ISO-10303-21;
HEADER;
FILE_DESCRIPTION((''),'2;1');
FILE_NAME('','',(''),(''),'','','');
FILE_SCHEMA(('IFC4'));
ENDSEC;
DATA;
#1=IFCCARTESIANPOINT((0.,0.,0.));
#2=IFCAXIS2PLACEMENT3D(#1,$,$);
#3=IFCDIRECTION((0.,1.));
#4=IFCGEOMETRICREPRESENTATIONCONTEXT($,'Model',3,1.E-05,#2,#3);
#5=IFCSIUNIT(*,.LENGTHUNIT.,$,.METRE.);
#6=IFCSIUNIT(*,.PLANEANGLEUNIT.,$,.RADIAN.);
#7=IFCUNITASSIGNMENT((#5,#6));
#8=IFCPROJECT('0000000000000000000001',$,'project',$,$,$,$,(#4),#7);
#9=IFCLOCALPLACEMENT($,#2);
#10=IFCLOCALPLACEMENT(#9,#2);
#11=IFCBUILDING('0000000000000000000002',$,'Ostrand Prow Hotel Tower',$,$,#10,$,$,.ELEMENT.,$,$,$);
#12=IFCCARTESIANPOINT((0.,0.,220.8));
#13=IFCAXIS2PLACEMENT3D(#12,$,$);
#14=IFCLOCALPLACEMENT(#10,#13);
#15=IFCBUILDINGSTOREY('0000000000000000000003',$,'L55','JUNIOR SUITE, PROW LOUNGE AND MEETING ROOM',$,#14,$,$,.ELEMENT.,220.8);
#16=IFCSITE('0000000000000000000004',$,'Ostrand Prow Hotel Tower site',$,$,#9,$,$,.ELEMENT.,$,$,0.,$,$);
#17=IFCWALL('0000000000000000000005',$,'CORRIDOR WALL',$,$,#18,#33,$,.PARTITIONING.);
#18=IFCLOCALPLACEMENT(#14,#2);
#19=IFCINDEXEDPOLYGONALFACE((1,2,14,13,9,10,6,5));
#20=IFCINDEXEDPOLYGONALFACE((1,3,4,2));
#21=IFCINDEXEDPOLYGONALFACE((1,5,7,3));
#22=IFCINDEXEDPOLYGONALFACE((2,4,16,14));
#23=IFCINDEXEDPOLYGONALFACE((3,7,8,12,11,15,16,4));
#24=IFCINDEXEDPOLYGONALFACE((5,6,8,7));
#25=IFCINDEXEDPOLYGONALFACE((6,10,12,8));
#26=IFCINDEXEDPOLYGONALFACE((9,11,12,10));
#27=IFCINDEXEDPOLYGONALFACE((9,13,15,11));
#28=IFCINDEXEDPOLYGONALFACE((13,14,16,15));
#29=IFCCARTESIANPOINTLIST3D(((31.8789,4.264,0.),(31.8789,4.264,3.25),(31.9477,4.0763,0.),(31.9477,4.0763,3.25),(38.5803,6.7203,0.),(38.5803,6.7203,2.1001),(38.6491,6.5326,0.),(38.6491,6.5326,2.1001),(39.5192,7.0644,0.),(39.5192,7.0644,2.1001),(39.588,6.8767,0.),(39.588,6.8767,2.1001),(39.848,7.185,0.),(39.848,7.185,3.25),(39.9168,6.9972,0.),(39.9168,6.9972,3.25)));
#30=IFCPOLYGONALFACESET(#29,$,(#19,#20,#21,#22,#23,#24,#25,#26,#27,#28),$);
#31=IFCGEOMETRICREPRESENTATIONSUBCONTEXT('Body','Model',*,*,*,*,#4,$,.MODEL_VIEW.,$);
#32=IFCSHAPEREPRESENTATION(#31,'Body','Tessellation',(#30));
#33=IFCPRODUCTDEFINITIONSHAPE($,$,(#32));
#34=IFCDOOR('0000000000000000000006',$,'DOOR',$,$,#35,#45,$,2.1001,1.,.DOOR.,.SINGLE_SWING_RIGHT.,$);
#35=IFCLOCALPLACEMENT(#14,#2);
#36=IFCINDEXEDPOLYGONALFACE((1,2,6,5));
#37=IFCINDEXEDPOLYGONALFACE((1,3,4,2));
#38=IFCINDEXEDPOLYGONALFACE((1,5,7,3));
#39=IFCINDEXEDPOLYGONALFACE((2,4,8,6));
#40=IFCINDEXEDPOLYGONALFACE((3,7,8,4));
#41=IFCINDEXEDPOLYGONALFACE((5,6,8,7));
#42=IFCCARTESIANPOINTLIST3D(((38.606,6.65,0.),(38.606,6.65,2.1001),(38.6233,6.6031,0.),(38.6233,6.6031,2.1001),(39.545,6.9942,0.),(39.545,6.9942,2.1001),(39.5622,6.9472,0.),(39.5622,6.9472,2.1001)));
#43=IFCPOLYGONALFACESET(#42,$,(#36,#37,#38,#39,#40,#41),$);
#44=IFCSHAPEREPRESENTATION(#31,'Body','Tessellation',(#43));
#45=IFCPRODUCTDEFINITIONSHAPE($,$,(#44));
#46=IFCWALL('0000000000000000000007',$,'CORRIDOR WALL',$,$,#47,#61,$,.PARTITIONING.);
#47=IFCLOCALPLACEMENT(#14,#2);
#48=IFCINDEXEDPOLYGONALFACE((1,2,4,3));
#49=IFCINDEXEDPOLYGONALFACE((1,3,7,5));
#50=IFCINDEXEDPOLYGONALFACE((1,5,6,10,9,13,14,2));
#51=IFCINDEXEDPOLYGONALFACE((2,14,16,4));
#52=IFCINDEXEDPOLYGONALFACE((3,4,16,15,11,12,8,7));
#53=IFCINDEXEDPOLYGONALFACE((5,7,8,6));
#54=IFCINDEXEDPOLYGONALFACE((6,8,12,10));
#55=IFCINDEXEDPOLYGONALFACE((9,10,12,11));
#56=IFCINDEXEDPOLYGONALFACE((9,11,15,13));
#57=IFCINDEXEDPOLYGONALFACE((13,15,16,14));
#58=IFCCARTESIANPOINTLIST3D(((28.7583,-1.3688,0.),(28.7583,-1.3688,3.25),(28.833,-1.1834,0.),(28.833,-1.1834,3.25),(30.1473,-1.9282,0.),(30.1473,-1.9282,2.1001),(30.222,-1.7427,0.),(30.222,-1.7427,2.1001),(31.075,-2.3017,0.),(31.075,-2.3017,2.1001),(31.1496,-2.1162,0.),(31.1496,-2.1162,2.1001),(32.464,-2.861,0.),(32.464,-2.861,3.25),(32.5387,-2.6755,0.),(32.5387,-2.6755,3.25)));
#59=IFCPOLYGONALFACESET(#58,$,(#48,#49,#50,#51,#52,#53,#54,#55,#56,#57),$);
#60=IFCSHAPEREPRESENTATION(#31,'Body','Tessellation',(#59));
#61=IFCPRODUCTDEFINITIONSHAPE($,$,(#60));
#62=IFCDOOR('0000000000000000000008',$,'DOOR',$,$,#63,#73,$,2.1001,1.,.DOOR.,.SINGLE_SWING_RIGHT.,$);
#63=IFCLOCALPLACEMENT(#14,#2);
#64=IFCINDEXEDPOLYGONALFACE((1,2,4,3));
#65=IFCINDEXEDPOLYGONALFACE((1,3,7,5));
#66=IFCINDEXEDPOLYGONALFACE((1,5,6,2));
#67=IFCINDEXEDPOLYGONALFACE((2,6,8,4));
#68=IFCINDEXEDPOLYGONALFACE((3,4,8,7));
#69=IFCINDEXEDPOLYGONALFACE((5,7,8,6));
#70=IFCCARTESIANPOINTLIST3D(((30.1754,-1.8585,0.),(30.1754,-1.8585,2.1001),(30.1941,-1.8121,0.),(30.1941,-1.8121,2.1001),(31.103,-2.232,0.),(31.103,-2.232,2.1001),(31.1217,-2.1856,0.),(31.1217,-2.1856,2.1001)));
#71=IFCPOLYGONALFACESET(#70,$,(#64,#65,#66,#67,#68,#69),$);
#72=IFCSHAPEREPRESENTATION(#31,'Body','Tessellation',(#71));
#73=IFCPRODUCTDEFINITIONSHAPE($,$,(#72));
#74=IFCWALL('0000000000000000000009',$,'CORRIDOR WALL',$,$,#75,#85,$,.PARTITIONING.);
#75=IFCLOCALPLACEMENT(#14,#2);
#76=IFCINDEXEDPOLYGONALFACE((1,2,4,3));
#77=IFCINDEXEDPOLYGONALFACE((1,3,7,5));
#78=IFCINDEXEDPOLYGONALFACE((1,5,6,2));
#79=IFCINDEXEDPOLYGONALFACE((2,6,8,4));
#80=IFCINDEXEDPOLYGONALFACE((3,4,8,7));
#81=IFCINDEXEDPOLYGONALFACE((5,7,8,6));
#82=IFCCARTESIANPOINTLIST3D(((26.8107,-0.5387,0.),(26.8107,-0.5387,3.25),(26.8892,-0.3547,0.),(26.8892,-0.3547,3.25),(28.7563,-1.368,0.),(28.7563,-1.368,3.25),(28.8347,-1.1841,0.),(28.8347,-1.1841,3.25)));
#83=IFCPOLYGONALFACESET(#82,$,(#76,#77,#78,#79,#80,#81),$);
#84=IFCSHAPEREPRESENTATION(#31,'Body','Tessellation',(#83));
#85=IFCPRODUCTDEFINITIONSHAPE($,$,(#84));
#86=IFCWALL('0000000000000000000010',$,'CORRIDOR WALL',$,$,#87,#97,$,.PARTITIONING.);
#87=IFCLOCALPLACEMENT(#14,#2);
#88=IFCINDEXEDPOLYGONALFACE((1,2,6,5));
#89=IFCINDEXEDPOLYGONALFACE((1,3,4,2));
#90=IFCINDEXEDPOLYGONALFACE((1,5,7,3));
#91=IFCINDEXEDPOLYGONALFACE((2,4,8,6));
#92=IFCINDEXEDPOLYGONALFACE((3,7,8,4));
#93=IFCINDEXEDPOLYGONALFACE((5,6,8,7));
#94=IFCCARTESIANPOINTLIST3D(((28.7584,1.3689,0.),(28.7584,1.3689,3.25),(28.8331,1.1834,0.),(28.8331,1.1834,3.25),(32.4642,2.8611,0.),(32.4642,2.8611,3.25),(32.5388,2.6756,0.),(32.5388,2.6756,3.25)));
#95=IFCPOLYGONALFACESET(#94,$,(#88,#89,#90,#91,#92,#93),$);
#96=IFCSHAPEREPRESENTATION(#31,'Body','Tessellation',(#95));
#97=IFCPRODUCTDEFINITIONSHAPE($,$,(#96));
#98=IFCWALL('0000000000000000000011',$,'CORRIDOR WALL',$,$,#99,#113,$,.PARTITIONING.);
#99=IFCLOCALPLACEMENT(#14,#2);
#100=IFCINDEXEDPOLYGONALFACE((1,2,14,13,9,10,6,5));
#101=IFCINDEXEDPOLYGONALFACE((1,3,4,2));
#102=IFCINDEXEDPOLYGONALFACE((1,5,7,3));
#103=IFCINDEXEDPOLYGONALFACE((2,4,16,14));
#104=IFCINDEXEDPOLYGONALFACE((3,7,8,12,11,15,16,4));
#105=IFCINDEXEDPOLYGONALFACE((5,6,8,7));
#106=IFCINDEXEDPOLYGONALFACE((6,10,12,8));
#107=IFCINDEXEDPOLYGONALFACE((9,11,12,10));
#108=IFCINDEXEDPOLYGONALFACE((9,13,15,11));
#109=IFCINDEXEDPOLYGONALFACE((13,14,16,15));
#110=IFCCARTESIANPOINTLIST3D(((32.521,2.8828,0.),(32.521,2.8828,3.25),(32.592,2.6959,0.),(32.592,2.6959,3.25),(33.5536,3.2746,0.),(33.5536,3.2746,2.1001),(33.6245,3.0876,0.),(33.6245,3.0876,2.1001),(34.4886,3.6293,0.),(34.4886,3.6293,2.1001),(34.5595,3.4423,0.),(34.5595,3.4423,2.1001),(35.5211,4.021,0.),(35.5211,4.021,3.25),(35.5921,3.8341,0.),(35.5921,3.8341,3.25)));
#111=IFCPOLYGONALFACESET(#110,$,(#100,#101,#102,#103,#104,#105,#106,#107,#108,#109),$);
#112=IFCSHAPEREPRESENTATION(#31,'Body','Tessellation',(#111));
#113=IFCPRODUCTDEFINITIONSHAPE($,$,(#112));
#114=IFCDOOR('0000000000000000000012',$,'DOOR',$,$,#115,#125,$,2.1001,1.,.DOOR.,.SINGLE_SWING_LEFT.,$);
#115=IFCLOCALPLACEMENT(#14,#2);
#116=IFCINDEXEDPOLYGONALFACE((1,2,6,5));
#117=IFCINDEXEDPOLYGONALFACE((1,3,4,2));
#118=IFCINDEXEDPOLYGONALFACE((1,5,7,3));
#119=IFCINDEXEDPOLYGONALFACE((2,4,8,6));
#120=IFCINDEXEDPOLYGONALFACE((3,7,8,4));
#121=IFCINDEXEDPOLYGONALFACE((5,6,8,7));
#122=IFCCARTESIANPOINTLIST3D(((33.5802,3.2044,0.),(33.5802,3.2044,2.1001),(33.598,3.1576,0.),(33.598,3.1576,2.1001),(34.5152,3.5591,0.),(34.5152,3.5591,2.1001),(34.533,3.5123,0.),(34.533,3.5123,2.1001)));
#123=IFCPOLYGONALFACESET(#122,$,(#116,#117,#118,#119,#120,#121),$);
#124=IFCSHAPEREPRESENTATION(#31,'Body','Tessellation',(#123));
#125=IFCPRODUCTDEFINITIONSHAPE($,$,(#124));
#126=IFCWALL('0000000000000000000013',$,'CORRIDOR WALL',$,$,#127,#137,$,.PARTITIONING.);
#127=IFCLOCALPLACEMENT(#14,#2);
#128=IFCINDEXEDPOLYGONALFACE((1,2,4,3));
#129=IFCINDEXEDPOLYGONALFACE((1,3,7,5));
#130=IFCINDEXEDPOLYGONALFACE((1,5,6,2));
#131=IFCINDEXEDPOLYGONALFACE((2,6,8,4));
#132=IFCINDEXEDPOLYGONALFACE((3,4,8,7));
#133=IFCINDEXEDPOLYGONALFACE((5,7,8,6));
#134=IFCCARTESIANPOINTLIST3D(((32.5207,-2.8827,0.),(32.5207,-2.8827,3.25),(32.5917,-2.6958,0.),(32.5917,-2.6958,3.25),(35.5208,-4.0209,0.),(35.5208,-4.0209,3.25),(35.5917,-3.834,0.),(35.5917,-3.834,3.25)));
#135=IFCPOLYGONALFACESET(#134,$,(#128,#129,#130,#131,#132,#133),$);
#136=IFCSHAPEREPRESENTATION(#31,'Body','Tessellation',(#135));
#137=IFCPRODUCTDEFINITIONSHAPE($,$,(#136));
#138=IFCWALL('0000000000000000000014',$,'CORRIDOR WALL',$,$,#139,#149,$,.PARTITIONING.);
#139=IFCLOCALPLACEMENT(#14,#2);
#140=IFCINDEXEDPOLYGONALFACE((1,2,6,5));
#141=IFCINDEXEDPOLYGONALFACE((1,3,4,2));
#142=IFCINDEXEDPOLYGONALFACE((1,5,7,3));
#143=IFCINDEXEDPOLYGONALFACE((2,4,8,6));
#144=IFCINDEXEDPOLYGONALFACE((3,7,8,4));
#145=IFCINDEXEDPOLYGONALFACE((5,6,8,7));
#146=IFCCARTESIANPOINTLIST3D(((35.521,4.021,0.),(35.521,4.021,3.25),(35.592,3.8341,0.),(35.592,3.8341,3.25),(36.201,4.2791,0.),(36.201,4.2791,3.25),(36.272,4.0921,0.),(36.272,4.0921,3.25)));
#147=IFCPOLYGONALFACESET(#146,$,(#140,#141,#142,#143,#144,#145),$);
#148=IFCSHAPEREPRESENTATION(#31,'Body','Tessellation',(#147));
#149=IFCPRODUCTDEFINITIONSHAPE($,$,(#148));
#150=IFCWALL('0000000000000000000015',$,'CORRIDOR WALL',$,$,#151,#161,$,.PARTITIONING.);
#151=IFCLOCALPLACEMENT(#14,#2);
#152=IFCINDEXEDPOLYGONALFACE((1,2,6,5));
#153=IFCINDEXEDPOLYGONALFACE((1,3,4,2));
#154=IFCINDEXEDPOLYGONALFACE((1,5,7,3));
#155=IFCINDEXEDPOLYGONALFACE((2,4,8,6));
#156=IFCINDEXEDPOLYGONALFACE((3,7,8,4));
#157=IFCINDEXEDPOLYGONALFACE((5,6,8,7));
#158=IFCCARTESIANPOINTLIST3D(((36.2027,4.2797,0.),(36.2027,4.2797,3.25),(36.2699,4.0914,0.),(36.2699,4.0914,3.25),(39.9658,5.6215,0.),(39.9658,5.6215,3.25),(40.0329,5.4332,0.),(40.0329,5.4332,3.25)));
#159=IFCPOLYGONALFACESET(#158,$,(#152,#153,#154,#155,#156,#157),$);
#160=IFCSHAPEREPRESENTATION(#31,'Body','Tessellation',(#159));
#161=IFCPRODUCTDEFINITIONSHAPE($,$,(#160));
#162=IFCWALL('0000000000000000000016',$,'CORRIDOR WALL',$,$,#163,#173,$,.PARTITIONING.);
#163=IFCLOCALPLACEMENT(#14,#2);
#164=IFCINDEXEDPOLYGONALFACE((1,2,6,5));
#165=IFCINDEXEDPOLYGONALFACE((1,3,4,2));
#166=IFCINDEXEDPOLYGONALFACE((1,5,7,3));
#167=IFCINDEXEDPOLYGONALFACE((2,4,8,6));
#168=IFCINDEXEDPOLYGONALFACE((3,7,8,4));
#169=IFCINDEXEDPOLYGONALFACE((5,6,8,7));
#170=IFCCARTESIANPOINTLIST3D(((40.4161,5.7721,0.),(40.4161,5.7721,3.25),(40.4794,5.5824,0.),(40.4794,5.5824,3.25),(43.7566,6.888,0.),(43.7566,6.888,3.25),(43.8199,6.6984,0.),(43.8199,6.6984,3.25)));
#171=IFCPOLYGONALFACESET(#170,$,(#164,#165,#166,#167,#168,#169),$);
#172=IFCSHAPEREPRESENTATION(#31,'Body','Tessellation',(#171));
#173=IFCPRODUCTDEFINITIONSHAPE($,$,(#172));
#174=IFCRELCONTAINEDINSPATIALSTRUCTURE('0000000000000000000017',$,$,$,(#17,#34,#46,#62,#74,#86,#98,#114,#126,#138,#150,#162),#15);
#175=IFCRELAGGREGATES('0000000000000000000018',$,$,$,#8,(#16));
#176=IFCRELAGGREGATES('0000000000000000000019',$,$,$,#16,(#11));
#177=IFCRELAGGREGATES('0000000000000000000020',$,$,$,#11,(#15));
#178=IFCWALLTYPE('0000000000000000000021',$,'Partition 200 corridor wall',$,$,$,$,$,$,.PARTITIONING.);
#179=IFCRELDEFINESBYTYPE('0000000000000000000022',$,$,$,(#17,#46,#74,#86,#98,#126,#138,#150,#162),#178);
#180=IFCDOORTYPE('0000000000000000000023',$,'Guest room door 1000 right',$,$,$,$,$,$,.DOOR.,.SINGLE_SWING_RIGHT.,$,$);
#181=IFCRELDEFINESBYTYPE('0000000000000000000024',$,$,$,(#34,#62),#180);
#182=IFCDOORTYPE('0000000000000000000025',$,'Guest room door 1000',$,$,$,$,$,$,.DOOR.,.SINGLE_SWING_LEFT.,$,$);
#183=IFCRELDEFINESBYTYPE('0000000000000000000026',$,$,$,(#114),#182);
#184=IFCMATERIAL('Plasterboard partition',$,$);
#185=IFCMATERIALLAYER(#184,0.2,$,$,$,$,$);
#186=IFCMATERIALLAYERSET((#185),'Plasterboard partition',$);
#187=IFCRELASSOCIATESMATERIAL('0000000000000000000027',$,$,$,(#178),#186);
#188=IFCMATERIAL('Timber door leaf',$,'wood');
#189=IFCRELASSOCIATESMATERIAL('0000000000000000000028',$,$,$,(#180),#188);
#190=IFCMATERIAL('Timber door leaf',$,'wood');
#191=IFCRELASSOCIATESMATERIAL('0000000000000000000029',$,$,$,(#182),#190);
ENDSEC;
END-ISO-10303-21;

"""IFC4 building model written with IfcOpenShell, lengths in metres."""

from ifc_helpers import new_model, si_unit, direction, frame, frame_2d, origin, place, context, subcontext, project, spatial, rectangle, extrude, material, layer, layer_set, type_object, element, fill, save


model = new_model("IFC4")

# Units and contexts
model_context = context("Model", 3, precision=1e-05, world=origin(), true_north=direction((0.0, 1.0)))
body_context = subcontext(model_context, "Body", "Model", "MODEL_VIEW")
ifc_project = project(units=[si_unit("LENGTHUNIT", "METRE"), si_unit("PLANEANGLEUNIT", "RADIAN")], contexts=[model_context])

# Site, building, storey
site_placement = place(None, origin())
site = spatial("IfcSite", under=ifc_project, at=site_placement, Name="Ostrand Prow Hotel Tower site", CompositionType="ELEMENT", RefElevation=0.0)
building_placement = place(site_placement, origin())
building = spatial("IfcBuilding", under=site, at=building_placement, Name="Ostrand Prow Hotel Tower", CompositionType="ELEMENT")
storey_placement = place(building_placement, frame((0.0, 0.0, 220.8)))
storey = spatial("IfcBuildingStorey", under=building, at=storey_placement, Name="L55", Description="JUNIOR SUITE, PROW LOUNGE AND MEETING ROOM", CompositionType="ELEMENT", Elevation=220.8)

# Walls, openings, doors
ifc_material_1 = material(Name="Plasterboard partition")
ifc_layer_1 = layer(ifc_material_1, 0.2)
ifc_layer_set_1 = layer_set([ifc_layer_1], Name="Plasterboard partition")
wall_type_1 = type_object("IfcWallType", Name="Partition 200 corridor wall", PredefinedType="PARTITIONING", material=ifc_layer_set_1)
wall_1_placement = place(storey_placement, frame((39.8823, 7.0911, 0.0), z_axis=(0.0, 0.0, 1.0), x_axis=(-0.938917, -0.344144, 0.0)))
wall_1 = element("IfcWall", 1, at=wall_1_placement, inside=storey, type_object=wall_type_1, Name="CORRIDOR WALL", PredefinedType="PARTITIONING", context=body_context, shape_type="SweptSolid", body=[
    extrude(rectangle(XDim=8.4875, YDim=0.2, at=frame_2d((4.2437, 0.0))), origin(), (0.0, 0.0, 1.0), 3.25),
])
opening_1_placement = place(wall_1_placement, frame((0.3501, 0.0, 0.0)))
opening_1 = element("IfcOpeningElement", 2, at=opening_1_placement, cuts=wall_1, PredefinedType="OPENING", context=body_context, shape_type="SweptSolid", body=[
    extrude(rectangle(XDim=1.0, YDim=2.1001, at=frame_2d((0.5, 1.05))), frame((0.0, 0.1099, 0.0), z_axis=(0.0, -1.0, 0.0), x_axis=(1.0, 0.0, 0.0)), (0.0, 0.0, 1.0), 0.22),
])
ifc_material_2 = material(Name="Timber door leaf", Category="wood")
door_type_1 = type_object("IfcDoorType", Name="Guest room door 1000 right", OperationType="SINGLE_SWING_RIGHT", PredefinedType="DOOR", material=ifc_material_2)
door_1_placement = place(opening_1_placement, origin())
door_1 = element("IfcDoor", 3, at=door_1_placement, inside=storey, type_object=door_type_1, Name="DOOR", OperationType="SINGLE_SWING_RIGHT", OverallHeight=2.1001, OverallWidth=1.0, PredefinedType="DOOR", context=body_context, shape_type="SweptSolid", body=[
    extrude(rectangle(XDim=1.0, YDim=2.1001, at=frame_2d((0.5, 1.05))), frame((0.0, 0.0249, 0.0), z_axis=(0.0, -1.0, 0.0), x_axis=(1.0, 0.0, 0.0)), (0.0, 0.0, 1.0), 0.05),
])
fill(opening_1, door_1)
wall_2_placement = place(storey_placement, frame((32.5015, -2.7683, 0.0), z_axis=(0.0, 0.0, 1.0), x_axis=(-0.927623, 0.373518, 0.0)))
wall_2 = element("IfcWall", 4, at=wall_2_placement, inside=storey, type_object=wall_type_1, Name="CORRIDOR WALL", PredefinedType="PARTITIONING", context=body_context, shape_type="SweptSolid", body=[
    extrude(rectangle(XDim=3.9949, YDim=0.2, at=frame_2d((1.9976, 0.0))), origin(), (0.0, 0.0, 1.0), 3.25),
])
opening_2_placement = place(wall_2_placement, frame((1.4976, 0.0, 0.0)))
opening_2 = element("IfcOpeningElement", 5, at=opening_2_placement, cuts=wall_2, PredefinedType="OPENING", context=body_context, shape_type="SweptSolid", body=[
    extrude(rectangle(XDim=1.0, YDim=2.1001, at=frame_2d((0.5, 1.05))), frame((0.0, 0.1099, 0.0), z_axis=(0.0, -1.0, 0.0), x_axis=(1.0, 0.0, 0.0)), (0.0, 0.0, 1.0), 0.22),
])
door_2_placement = place(opening_2_placement, origin())
door_2 = element("IfcDoor", 6, at=door_2_placement, inside=storey, type_object=door_type_1, Name="DOOR", OperationType="SINGLE_SWING_RIGHT", OverallHeight=2.1001, OverallWidth=1.0, PredefinedType="DOOR", context=body_context, shape_type="SweptSolid", body=[
    extrude(rectangle(XDim=1.0, YDim=2.1001, at=frame_2d((0.5, 1.05))), frame((0.0, 0.0249, 0.0), z_axis=(0.0, -1.0, 0.0), x_axis=(1.0, 0.0, 0.0)), (0.0, 0.0, 1.0), 0.05),
])
fill(opening_2, door_2)

# Walls
wall_3_placement = place(storey_placement, frame((28.7957, -1.2761, 0.0), z_axis=(0.0, 0.0, 1.0), x_axis=(-0.919908, 0.392135, 0.0)))
element("IfcWall", 7, at=wall_3_placement, inside=storey, type_object=wall_type_1, Name="CORRIDOR WALL", PredefinedType="PARTITIONING", context=body_context, shape_type="SweptSolid", body=[
    extrude(rectangle(XDim=2.115, YDim=0.2, at=frame_2d((1.0576, 0.0))), origin(), (0.0, 0.0, 1.0), 3.25),
])
wall_4_placement = place(storey_placement, frame((28.7957, 1.2761, 0.0), z_axis=(0.0, 0.0, 1.0), x_axis=(0.927623, 0.373518, 0.0)))
element("IfcWall", 8, at=wall_4_placement, inside=storey, type_object=wall_type_1, Name="CORRIDOR WALL", PredefinedType="PARTITIONING", context=body_context, shape_type="SweptSolid", body=[
    extrude(rectangle(XDim=3.9949, YDim=0.2, at=frame_2d((1.9976, 0.0))), origin(), (0.0, 0.0, 1.0), 3.25),
])

# Wall, opening, door
wall_5_placement = place(storey_placement, frame((32.5564, 2.7893, 0.0), z_axis=(0.0, 0.0, 1.0), x_axis=(0.934971, 0.354723, 0.0)))
wall_5 = element("IfcWall", 9, at=wall_5_placement, inside=storey, type_object=wall_type_1, Name="CORRIDOR WALL", PredefinedType="PARTITIONING", context=body_context, shape_type="SweptSolid", body=[
    extrude(rectangle(XDim=3.2087, YDim=0.2, at=frame_2d((1.6045, 0.0))), origin(), (0.0, 0.0, 1.0), 3.25),
])
opening_3_placement = place(wall_5_placement, frame((1.1045, 0.0, 0.0)))
opening_3 = element("IfcOpeningElement", 10, at=opening_3_placement, cuts=wall_5, PredefinedType="OPENING", context=body_context, shape_type="SweptSolid", body=[
    extrude(rectangle(XDim=1.0, YDim=2.1001, at=frame_2d((0.5, 1.05))), frame((0.0, 0.1099, 0.0), z_axis=(0.0, -1.0, 0.0), x_axis=(1.0, 0.0, 0.0)), (0.0, 0.0, 1.0), 0.22),
])
ifc_material_3 = material(Name="Timber door leaf", Category="wood")
door_type_2 = type_object("IfcDoorType", Name="Guest room door 1000", OperationType="SINGLE_SWING_LEFT", PredefinedType="DOOR", material=ifc_material_3)
door_3_placement = place(opening_3_placement, origin())
door_3 = element("IfcDoor", 11, at=door_3_placement, inside=storey, type_object=door_type_2, Name="DOOR", OperationType="SINGLE_SWING_LEFT", OverallHeight=2.1001, OverallWidth=1.0, PredefinedType="DOOR", context=body_context, shape_type="SweptSolid", body=[
    extrude(rectangle(XDim=1.0, YDim=2.1001, at=frame_2d((0.5, 1.05))), frame((0.0, 0.0249, 0.0), z_axis=(0.0, -1.0, 0.0), x_axis=(1.0, 0.0, 0.0)), (0.0, 0.0, 1.0), 0.05),
])
fill(opening_3, door_3)

# Walls
wall_6_placement = place(storey_placement, frame((35.5564, -3.9275, 0.0), z_axis=(0.0, 0.0, 1.0), x_axis=(-0.934971, 0.354723, 0.0)))
element("IfcWall", 12, at=wall_6_placement, inside=storey, type_object=wall_type_1, Name="CORRIDOR WALL", PredefinedType="PARTITIONING", context=body_context, shape_type="SweptSolid", body=[
    extrude(rectangle(XDim=3.2087, YDim=0.2, at=frame_2d((1.6045, 0.0))), origin(), (0.0, 0.0, 1.0), 3.25),
])
wall_7_placement = place(storey_placement, frame((35.5564, 3.9275, 0.0), z_axis=(0.0, 0.0, 1.0), x_axis=(0.934928, 0.354836, 0.0)))
element("IfcWall", 13, at=wall_7_placement, inside=storey, type_object=wall_type_1, Name="CORRIDOR WALL", PredefinedType="PARTITIONING", context=body_context, shape_type="SweptSolid", body=[
    extrude(rectangle(XDim=0.7273, YDim=0.2, at=frame_2d((0.3638, 0.0))), origin(), (0.0, 0.0, 1.0), 3.25),
])
wall_8_placement = place(storey_placement, frame((36.2363, 4.1855, 0.0), z_axis=(0.0, 0.0, 1.0), x_axis=(0.941909, 0.335868, 0.0)))
element("IfcWall", 14, at=wall_8_placement, inside=storey, type_object=wall_type_1, Name="CORRIDOR WALL", PredefinedType="PARTITIONING", context=body_context, shape_type="SweptSolid", body=[
    extrude(rectangle(XDim=3.9951, YDim=0.2, at=frame_2d((1.9976, 0.0))), origin(), (0.0, 0.0, 1.0), 3.25),
])
wall_9_placement = place(storey_placement, frame((40.4478, 5.6772, 0.0), z_axis=(0.0, 0.0, 1.0), x_axis=(0.948475, 0.316852, 0.0)))
element("IfcWall", 15, at=wall_9_placement, inside=storey, type_object=wall_type_1, Name="CORRIDOR WALL", PredefinedType="PARTITIONING", context=body_context, shape_type="SweptSolid", body=[
    extrude(rectangle(XDim=3.522, YDim=0.2, at=frame_2d((1.761, 0.0))), origin(), (0.0, 0.0, 1.0), 3.25),
])

save(model, "model.ifc")
